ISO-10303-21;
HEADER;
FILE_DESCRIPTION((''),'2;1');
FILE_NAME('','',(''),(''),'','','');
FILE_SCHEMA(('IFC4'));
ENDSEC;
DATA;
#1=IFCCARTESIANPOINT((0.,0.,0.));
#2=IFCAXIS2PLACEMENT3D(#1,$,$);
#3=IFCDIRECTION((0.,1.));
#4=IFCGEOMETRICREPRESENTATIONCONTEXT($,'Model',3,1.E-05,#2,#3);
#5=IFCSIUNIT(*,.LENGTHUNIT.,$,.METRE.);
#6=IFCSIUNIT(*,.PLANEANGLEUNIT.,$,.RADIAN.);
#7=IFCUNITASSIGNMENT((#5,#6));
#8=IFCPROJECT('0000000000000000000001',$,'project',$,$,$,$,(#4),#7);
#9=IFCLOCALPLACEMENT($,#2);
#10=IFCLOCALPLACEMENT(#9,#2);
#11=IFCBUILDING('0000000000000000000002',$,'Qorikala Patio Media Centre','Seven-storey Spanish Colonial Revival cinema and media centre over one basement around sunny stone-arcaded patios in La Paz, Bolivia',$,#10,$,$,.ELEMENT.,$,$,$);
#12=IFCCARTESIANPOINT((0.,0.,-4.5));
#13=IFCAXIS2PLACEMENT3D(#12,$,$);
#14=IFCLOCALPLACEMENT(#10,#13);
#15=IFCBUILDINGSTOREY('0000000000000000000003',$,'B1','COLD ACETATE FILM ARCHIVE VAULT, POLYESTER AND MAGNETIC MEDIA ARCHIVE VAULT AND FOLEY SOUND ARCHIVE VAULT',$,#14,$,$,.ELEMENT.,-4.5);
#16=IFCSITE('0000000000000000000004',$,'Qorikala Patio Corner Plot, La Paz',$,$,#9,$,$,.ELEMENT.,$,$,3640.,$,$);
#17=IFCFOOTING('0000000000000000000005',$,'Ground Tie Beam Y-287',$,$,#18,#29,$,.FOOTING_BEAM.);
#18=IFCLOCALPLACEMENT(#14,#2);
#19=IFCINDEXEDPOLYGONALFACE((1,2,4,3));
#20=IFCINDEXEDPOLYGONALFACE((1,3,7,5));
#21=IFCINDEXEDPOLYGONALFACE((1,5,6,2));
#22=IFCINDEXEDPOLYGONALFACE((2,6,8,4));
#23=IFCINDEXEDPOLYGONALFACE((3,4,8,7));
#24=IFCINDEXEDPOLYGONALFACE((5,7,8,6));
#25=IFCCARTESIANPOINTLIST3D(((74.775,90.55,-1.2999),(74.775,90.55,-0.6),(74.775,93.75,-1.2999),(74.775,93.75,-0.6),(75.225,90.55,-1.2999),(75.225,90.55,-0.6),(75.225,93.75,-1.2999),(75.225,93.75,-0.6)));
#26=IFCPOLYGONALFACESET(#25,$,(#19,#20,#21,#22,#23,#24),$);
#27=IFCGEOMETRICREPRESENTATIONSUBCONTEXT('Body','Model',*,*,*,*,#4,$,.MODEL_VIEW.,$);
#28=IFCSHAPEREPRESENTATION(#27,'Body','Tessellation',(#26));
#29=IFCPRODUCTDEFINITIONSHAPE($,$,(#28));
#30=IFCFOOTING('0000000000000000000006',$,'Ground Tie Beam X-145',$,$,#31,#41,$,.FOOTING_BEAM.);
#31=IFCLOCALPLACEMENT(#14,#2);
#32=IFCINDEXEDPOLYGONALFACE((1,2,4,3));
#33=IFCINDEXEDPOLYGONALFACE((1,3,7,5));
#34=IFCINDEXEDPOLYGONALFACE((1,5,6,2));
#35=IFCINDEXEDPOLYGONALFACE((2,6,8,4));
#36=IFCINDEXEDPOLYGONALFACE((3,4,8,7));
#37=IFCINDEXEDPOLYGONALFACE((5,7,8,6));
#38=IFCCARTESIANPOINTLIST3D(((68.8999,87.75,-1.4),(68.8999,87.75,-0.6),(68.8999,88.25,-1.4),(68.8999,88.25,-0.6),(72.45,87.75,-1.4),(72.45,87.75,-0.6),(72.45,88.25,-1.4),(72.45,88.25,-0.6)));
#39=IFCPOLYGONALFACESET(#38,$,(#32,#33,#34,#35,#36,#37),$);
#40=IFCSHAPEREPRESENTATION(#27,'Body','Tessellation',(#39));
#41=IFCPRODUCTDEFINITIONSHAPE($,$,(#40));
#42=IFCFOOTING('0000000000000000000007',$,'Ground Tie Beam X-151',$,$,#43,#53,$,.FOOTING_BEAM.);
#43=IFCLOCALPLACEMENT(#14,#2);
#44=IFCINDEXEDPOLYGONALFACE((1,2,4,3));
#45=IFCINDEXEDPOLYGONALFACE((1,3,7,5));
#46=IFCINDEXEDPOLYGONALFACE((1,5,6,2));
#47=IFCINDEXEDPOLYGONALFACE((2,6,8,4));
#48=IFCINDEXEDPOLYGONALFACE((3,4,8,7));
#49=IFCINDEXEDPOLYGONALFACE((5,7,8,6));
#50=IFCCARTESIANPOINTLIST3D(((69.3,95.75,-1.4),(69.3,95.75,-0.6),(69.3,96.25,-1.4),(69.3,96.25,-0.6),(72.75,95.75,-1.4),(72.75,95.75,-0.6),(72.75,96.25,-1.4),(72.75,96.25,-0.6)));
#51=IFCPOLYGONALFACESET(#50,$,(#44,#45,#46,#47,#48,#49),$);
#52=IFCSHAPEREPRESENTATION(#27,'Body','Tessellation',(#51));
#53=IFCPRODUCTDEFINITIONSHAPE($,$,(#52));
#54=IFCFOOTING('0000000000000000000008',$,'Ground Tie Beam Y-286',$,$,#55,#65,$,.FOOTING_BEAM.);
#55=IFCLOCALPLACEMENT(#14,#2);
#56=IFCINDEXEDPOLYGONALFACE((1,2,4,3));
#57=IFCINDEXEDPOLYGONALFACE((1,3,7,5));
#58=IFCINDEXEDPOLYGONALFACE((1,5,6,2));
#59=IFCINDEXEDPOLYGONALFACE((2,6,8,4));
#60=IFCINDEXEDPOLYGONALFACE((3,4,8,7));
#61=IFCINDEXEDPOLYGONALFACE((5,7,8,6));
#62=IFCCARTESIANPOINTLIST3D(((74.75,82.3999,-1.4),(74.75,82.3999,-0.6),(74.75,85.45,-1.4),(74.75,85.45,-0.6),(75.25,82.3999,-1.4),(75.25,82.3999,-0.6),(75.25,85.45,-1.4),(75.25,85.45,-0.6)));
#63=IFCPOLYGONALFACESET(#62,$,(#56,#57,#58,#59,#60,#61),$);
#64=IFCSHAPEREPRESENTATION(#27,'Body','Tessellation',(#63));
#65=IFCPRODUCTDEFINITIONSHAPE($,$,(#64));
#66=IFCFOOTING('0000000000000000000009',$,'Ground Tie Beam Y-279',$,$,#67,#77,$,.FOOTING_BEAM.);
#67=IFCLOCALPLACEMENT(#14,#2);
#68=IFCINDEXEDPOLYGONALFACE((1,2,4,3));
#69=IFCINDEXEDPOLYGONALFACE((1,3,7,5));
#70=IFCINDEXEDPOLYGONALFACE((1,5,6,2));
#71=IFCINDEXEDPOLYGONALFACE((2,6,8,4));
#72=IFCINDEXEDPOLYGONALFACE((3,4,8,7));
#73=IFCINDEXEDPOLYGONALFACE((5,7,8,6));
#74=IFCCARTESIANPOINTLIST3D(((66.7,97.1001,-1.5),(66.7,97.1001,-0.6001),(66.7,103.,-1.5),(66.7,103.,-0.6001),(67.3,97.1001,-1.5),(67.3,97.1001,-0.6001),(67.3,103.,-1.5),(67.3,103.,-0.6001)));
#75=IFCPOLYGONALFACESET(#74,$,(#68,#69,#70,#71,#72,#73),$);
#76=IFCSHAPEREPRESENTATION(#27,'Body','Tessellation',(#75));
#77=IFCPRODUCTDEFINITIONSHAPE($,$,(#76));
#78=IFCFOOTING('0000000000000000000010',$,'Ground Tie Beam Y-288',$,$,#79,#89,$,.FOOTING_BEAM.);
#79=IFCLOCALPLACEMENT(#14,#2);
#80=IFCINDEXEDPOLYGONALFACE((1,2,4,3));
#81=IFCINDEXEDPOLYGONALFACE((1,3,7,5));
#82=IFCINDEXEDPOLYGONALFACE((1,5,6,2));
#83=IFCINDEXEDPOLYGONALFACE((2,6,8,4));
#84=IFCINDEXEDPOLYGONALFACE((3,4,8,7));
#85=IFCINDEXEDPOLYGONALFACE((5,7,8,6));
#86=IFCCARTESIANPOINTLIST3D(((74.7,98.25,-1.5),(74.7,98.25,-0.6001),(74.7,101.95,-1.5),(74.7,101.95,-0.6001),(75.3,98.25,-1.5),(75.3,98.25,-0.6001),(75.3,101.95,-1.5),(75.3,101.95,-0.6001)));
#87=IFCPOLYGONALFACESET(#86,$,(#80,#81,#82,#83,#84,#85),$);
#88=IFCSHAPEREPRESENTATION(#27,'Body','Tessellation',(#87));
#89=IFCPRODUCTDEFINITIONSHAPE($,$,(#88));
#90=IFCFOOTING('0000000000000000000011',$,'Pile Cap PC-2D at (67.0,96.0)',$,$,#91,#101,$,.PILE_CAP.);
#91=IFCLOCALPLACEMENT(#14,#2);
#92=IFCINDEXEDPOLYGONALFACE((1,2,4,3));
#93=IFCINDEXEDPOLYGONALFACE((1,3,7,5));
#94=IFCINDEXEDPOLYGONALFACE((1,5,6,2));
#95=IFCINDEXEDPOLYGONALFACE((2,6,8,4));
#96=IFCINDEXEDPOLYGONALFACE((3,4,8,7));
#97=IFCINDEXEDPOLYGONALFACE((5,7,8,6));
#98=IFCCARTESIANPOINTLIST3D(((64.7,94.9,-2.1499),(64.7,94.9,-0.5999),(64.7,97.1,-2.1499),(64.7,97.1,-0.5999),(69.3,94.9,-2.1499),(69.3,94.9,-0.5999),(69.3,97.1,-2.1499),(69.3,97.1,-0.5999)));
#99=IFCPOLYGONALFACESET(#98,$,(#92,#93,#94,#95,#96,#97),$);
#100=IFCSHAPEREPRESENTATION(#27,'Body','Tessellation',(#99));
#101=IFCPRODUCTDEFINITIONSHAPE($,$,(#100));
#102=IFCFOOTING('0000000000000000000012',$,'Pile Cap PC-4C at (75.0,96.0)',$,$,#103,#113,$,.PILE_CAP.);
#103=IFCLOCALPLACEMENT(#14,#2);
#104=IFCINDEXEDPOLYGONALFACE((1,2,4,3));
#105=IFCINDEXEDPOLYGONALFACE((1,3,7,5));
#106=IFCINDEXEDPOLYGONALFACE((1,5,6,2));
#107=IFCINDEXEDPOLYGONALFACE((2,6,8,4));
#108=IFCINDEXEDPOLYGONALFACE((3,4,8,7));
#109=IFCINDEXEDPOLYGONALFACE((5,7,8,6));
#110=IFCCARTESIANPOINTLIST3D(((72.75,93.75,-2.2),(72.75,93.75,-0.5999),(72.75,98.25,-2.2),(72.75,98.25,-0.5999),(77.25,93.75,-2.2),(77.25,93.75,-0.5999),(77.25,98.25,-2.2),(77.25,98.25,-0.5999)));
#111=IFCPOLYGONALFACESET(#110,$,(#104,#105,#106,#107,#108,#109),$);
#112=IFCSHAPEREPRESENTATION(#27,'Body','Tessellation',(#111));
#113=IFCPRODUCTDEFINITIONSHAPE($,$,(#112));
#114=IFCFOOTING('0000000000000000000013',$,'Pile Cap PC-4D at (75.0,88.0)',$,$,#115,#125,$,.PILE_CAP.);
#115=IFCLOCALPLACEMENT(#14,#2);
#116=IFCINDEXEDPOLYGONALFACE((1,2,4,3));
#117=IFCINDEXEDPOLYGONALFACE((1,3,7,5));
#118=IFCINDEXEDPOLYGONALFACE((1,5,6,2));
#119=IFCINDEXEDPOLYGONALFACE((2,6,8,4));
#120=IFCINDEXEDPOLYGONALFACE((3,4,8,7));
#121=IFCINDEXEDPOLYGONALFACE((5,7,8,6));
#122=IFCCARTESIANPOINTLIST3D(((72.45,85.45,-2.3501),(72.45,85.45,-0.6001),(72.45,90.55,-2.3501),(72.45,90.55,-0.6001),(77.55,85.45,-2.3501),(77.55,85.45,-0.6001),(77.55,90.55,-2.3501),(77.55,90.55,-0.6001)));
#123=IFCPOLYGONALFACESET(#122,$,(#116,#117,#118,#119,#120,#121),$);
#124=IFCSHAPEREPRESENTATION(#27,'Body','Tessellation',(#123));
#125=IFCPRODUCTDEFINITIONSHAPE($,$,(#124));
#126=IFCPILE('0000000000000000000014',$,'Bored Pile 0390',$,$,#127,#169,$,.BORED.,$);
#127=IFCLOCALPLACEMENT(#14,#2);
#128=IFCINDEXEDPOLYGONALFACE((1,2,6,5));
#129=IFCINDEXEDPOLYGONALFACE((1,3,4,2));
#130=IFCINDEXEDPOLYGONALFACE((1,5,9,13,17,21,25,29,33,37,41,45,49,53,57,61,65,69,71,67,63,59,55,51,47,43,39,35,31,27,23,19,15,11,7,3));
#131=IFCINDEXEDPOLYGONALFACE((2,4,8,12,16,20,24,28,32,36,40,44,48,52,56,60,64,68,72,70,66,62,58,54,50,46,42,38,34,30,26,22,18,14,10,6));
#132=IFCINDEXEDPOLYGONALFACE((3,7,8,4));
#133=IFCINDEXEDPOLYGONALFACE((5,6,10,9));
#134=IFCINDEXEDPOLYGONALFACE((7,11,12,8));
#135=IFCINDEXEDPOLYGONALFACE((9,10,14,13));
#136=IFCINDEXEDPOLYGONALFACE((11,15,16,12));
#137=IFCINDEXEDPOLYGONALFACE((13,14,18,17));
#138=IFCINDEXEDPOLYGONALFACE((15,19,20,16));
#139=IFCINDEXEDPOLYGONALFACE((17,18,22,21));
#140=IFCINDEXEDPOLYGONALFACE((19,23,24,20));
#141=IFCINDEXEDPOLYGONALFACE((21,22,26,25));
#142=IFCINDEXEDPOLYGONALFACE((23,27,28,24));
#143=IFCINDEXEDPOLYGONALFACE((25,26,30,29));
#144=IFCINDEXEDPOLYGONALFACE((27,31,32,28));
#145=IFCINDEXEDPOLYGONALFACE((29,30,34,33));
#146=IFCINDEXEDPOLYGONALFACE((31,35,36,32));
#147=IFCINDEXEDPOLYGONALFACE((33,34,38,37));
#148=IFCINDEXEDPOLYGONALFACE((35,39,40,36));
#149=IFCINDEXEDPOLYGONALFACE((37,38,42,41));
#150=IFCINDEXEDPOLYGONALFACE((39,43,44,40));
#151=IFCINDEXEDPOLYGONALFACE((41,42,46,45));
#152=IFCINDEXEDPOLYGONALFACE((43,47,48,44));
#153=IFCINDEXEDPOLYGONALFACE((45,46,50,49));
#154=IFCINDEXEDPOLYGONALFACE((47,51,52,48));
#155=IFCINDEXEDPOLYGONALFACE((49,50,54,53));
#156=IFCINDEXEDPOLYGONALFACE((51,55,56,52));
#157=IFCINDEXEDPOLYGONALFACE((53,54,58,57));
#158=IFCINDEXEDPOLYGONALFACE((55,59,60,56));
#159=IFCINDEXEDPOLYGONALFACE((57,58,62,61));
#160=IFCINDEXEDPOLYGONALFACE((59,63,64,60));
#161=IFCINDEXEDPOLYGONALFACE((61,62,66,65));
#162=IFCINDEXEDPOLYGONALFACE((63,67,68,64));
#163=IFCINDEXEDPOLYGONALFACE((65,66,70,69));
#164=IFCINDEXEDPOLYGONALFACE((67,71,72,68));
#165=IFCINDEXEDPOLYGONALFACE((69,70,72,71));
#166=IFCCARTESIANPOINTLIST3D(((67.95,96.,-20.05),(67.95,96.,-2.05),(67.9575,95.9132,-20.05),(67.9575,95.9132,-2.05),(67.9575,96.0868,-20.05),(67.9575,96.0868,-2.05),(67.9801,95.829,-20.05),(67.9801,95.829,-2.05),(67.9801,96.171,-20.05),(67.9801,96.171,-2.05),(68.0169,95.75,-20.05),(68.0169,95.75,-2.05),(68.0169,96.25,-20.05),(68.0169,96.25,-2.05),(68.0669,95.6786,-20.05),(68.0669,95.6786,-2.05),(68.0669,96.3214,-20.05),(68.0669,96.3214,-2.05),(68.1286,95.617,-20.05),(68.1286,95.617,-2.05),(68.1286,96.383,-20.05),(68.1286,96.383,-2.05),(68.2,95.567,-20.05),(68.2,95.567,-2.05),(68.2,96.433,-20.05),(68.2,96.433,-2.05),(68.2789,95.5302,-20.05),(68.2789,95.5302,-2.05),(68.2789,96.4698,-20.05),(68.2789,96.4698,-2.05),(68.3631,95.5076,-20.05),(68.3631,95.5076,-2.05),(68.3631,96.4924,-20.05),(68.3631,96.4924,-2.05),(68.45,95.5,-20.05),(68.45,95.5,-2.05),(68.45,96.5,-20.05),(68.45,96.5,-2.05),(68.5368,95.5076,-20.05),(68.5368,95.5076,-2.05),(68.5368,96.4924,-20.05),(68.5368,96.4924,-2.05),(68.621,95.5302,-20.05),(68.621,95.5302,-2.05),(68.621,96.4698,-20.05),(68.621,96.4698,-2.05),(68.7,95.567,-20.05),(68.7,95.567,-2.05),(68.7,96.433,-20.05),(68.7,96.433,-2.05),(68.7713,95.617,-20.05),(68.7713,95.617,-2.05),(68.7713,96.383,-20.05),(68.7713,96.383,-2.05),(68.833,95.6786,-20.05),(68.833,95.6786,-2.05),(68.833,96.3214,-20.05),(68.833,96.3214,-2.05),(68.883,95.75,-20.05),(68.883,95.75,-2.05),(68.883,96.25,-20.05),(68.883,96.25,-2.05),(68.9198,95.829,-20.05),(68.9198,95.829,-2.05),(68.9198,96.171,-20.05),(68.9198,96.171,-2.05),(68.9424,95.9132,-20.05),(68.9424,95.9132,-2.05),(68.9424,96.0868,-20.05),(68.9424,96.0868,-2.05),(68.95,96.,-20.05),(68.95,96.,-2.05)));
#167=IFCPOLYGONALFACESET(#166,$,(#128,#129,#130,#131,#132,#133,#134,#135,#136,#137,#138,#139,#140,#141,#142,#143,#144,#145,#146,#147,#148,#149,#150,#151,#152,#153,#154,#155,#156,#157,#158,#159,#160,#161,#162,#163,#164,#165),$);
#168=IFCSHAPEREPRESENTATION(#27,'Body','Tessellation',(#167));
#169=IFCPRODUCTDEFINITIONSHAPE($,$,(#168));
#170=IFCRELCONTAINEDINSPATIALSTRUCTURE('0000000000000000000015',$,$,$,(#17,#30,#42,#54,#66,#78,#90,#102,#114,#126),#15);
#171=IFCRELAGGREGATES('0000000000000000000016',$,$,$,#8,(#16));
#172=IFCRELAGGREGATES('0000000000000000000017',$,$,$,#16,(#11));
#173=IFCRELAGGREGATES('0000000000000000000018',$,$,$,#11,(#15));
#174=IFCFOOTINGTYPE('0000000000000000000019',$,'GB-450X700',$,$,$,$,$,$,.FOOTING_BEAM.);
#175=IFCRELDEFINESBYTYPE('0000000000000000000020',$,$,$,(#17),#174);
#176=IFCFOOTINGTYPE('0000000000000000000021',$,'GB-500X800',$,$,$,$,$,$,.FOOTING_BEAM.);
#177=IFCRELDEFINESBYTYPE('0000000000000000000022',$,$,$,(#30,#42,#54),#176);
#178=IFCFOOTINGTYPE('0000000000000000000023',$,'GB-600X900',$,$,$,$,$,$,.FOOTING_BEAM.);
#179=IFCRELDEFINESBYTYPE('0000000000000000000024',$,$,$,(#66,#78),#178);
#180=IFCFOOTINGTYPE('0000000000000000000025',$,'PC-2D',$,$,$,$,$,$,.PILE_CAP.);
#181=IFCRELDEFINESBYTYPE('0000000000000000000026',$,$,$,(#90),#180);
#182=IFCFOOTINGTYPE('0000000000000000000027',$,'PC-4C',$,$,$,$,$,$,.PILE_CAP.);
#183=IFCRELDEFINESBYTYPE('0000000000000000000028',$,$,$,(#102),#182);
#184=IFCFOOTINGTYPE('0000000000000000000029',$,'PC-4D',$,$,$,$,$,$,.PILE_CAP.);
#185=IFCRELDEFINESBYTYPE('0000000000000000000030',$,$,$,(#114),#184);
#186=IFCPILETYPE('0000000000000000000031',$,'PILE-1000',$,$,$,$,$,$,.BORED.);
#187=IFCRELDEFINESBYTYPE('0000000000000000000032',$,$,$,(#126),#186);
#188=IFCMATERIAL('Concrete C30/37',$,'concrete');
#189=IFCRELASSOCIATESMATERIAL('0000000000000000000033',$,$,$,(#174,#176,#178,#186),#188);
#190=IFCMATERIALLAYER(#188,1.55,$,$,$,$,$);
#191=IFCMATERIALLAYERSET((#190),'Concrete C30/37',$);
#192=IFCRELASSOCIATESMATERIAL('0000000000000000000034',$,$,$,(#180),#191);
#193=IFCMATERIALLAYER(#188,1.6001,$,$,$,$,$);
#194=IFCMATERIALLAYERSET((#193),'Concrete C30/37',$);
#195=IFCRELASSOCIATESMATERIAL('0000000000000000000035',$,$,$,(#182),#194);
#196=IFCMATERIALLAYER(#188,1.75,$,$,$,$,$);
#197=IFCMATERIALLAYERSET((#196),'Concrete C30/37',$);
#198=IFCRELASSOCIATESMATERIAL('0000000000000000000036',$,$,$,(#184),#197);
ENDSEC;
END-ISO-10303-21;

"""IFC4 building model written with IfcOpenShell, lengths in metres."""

from ifc_helpers import new_model, si_unit, direction, frame, origin, origin_2d, place, context, subcontext, project, spatial, rectangle, circle, extrude, material, layer, layer_set, material_profile, profile_set, type_object, element, save


model = new_model("IFC4")

# Units and contexts
model_context = context("Model", 3, precision=1e-05, world=origin(), true_north=direction((0.0, 1.0)))
body_context = subcontext(model_context, "Body", "Model", "MODEL_VIEW")
ifc_project = project(units=[si_unit("LENGTHUNIT", "METRE"), si_unit("PLANEANGLEUNIT", "RADIAN")], contexts=[model_context])

# Site, building, storey
site_placement = place(None, origin())
site = spatial("IfcSite", under=ifc_project, at=site_placement, Name="Qorikala Patio Corner Plot, La Paz", CompositionType="ELEMENT", RefElevation=3640.0)
building_placement = place(site_placement, origin())
building = spatial("IfcBuilding", under=site, at=building_placement, Name="Qorikala Patio Media Centre", Description="Seven-storey Spanish Colonial Revival cinema and media centre over one basement around sunny stone-arcaded patios in La Paz, Bolivia", CompositionType="ELEMENT")
storey_placement = place(building_placement, frame((0.0, 0.0, -4.5)))
storey = spatial("IfcBuildingStorey", under=building, at=storey_placement, Name="B1", Description="COLD ACETATE FILM ARCHIVE VAULT, POLYESTER AND MAGNETIC MEDIA ARCHIVE VAULT AND FOLEY SOUND ARCHIVE VAULT", CompositionType="ELEMENT", Elevation=-4.5)

# Footings
ifc_material_1 = material(Name="Concrete C30/37", Category="concrete")
ifc_material_profile_1 = material_profile(ifc_material_1, rectangle(XDim=0.45, YDim=0.7, at=origin_2d()), Name="RC 450x700")
ifc_profile_set_1 = profile_set([ifc_material_profile_1], Name="Concrete C30/37")
footing_type_1 = type_object("IfcFootingType", Name="GB-450X700", PredefinedType="FOOTING_BEAM", material=ifc_profile_set_1)
footing_1_placement = place(storey_placement, frame((75.0, 90.55, -0.95), z_axis=(0.0, 1.0, 0.0), x_axis=(-1.0, 0.0, 0.0)))
element("IfcFooting", 1, at=footing_1_placement, inside=storey, type_object=footing_type_1, Name="Ground Tie Beam Y-287", PredefinedType="FOOTING_BEAM", context=body_context, shape_type="SweptSolid", body=[
    extrude(rectangle(XDim=0.45, YDim=0.7, at=origin_2d()), origin(), (0.0, 0.0, 1.0), 3.2),
])
ifc_material_profile_2 = material_profile(ifc_material_1, rectangle(XDim=0.5, YDim=0.8, at=origin_2d()), Name="RC 500x800")
ifc_profile_set_2 = profile_set([ifc_material_profile_2], Name="Concrete C30/37")
footing_type_2 = type_object("IfcFootingType", Name="GB-500X800", PredefinedType="FOOTING_BEAM", material=ifc_profile_set_2)
footing_2_placement = place(storey_placement, frame((68.8999, 88.0, -1.0), z_axis=(1.0, 0.0, 0.0), x_axis=(0.0, 1.0, 0.0)))
element("IfcFooting", 2, at=footing_2_placement, inside=storey, type_object=footing_type_2, Name="Ground Tie Beam X-145", PredefinedType="FOOTING_BEAM", context=body_context, shape_type="SweptSolid", body=[
    extrude(rectangle(XDim=0.5, YDim=0.8, at=origin_2d()), origin(), (0.0, 0.0, 1.0), 3.55),
])
footing_3_placement = place(storey_placement, frame((69.3, 96.0, -1.0), z_axis=(1.0, 0.0, 0.0), x_axis=(0.0, 1.0, 0.0)))
element("IfcFooting", 3, at=footing_3_placement, inside=storey, type_object=footing_type_2, Name="Ground Tie Beam X-151", PredefinedType="FOOTING_BEAM", context=body_context, shape_type="SweptSolid", body=[
    extrude(rectangle(XDim=0.5, YDim=0.8, at=origin_2d()), origin(), (0.0, 0.0, 1.0), 3.45),
])
footing_4_placement = place(storey_placement, frame((75.0, 82.3999, -1.0), z_axis=(0.0, 1.0, 0.0), x_axis=(-1.0, 0.0, 0.0)))
element("IfcFooting", 4, at=footing_4_placement, inside=storey, type_object=footing_type_2, Name="Ground Tie Beam Y-286", PredefinedType="FOOTING_BEAM", context=body_context, shape_type="SweptSolid", body=[
    extrude(rectangle(XDim=0.5, YDim=0.8, at=origin_2d()), origin(), (0.0, 0.0, 1.0), 3.05),
])
ifc_material_profile_3 = material_profile(ifc_material_1, rectangle(XDim=0.6001, YDim=0.8999, at=origin_2d()), Name="RC 600x900")
ifc_profile_set_3 = profile_set([ifc_material_profile_3], Name="Concrete C30/37")
footing_type_3 = type_object("IfcFootingType", Name="GB-600X900", PredefinedType="FOOTING_BEAM", material=ifc_profile_set_3)
footing_5_placement = place(storey_placement, frame((67.0, 97.1001, -1.05), z_axis=(0.0, 1.0, 0.0), x_axis=(-1.0, 0.0, 0.0)))
element("IfcFooting", 5, at=footing_5_placement, inside=storey, type_object=footing_type_3, Name="Ground Tie Beam Y-279", PredefinedType="FOOTING_BEAM", context=body_context, shape_type="SweptSolid", body=[
    extrude(rectangle(XDim=0.6001, YDim=0.8999, at=origin_2d()), origin(), (0.0, 0.0, 1.0), 5.8999),
])
footing_6_placement = place(storey_placement, frame((75.0, 98.25, -1.05), z_axis=(0.0, 1.0, 0.0), x_axis=(-1.0, 0.0, 0.0)))
element("IfcFooting", 6, at=footing_6_placement, inside=storey, type_object=footing_type_3, Name="Ground Tie Beam Y-288", PredefinedType="FOOTING_BEAM", context=body_context, shape_type="SweptSolid", body=[
    extrude(rectangle(XDim=0.6001, YDim=0.8999, at=origin_2d()), origin(), (0.0, 0.0, 1.0), 3.7),
])
ifc_layer_1 = layer(ifc_material_1, 1.55)
ifc_layer_set_1 = layer_set([ifc_layer_1], Name="Concrete C30/37")
footing_type_4 = type_object("IfcFootingType", Name="PC-2D", PredefinedType="PILE_CAP", material=ifc_layer_set_1)
footing_7_placement = place(storey_placement, frame((67.0, 96.0, -2.1499), z_axis=(0.0, 0.0, 1.0), x_axis=(1.0, 0.0, 0.0)))
element("IfcFooting", 7, at=footing_7_placement, inside=storey, type_object=footing_type_4, Name="Pile Cap PC-2D at (67.0,96.0)", PredefinedType="PILE_CAP", context=body_context, shape_type="SweptSolid", body=[
    extrude(rectangle(XDim=4.6001, YDim=2.2, at=origin_2d()), origin(), (0.0, 0.0, 1.0), 1.55),
])
ifc_layer_2 = layer(ifc_material_1, 1.6001)
ifc_layer_set_2 = layer_set([ifc_layer_2], Name="Concrete C30/37")
footing_type_5 = type_object("IfcFootingType", Name="PC-4C", PredefinedType="PILE_CAP", material=ifc_layer_set_2)
footing_8_placement = place(storey_placement, frame((75.0, 96.0, -2.2), z_axis=(0.0, 0.0, 1.0), x_axis=(1.0, 0.0, 0.0)))
element("IfcFooting", 8, at=footing_8_placement, inside=storey, type_object=footing_type_5, Name="Pile Cap PC-4C at (75.0,96.0)", PredefinedType="PILE_CAP", context=body_context, shape_type="SweptSolid", body=[
    extrude(rectangle(XDim=4.5, YDim=4.5, at=origin_2d()), origin(), (0.0, 0.0, 1.0), 1.6001),
])
ifc_layer_3 = layer(ifc_material_1, 1.75)
ifc_layer_set_3 = layer_set([ifc_layer_3], Name="Concrete C30/37")
footing_type_6 = type_object("IfcFootingType", Name="PC-4D", PredefinedType="PILE_CAP", material=ifc_layer_set_3)
footing_9_placement = place(storey_placement, frame((75.0, 88.0, -2.3501), z_axis=(0.0, 0.0, 1.0), x_axis=(1.0, 0.0, 0.0)))
element("IfcFooting", 9, at=footing_9_placement, inside=storey, type_object=footing_type_6, Name="Pile Cap PC-4D at (75.0,88.0)", PredefinedType="PILE_CAP", context=body_context, shape_type="SweptSolid", body=[
    extrude(rectangle(XDim=5.1001, YDim=5.1001, at=origin_2d()), origin(), (0.0, 0.0, 1.0), 1.75),
])

# Pile
ifc_material_profile_4 = material_profile(ifc_material_1, circle(Radius=0.5, at=origin_2d()), Name="BORED PILE 1000")
ifc_profile_set_4 = profile_set([ifc_material_profile_4], Name="Concrete C30/37")
pile_type_1 = type_object("IfcPileType", Name="PILE-1000", PredefinedType="BORED", material=ifc_profile_set_4)
for number, where, z_axis, x_axis, name in (
    (10, (68.45, 96.0, -2.05), (0.0, 0.0, -1.0), (1.0, 0.0, 0.0), "Bored Pile 0390"),
):
    element("IfcPile", number, at=place(storey_placement, frame(where, z_axis=z_axis, x_axis=x_axis)), inside=storey, type_object=pile_type_1, Name=name, PredefinedType="BORED", context=body_context, shape_type="SweptSolid", body=[
        extrude(circle(Radius=0.5, at=origin_2d()), origin(), (0.0, 0.0, 1.0), 18.0),
    ])

save(model, "model.ifc")
